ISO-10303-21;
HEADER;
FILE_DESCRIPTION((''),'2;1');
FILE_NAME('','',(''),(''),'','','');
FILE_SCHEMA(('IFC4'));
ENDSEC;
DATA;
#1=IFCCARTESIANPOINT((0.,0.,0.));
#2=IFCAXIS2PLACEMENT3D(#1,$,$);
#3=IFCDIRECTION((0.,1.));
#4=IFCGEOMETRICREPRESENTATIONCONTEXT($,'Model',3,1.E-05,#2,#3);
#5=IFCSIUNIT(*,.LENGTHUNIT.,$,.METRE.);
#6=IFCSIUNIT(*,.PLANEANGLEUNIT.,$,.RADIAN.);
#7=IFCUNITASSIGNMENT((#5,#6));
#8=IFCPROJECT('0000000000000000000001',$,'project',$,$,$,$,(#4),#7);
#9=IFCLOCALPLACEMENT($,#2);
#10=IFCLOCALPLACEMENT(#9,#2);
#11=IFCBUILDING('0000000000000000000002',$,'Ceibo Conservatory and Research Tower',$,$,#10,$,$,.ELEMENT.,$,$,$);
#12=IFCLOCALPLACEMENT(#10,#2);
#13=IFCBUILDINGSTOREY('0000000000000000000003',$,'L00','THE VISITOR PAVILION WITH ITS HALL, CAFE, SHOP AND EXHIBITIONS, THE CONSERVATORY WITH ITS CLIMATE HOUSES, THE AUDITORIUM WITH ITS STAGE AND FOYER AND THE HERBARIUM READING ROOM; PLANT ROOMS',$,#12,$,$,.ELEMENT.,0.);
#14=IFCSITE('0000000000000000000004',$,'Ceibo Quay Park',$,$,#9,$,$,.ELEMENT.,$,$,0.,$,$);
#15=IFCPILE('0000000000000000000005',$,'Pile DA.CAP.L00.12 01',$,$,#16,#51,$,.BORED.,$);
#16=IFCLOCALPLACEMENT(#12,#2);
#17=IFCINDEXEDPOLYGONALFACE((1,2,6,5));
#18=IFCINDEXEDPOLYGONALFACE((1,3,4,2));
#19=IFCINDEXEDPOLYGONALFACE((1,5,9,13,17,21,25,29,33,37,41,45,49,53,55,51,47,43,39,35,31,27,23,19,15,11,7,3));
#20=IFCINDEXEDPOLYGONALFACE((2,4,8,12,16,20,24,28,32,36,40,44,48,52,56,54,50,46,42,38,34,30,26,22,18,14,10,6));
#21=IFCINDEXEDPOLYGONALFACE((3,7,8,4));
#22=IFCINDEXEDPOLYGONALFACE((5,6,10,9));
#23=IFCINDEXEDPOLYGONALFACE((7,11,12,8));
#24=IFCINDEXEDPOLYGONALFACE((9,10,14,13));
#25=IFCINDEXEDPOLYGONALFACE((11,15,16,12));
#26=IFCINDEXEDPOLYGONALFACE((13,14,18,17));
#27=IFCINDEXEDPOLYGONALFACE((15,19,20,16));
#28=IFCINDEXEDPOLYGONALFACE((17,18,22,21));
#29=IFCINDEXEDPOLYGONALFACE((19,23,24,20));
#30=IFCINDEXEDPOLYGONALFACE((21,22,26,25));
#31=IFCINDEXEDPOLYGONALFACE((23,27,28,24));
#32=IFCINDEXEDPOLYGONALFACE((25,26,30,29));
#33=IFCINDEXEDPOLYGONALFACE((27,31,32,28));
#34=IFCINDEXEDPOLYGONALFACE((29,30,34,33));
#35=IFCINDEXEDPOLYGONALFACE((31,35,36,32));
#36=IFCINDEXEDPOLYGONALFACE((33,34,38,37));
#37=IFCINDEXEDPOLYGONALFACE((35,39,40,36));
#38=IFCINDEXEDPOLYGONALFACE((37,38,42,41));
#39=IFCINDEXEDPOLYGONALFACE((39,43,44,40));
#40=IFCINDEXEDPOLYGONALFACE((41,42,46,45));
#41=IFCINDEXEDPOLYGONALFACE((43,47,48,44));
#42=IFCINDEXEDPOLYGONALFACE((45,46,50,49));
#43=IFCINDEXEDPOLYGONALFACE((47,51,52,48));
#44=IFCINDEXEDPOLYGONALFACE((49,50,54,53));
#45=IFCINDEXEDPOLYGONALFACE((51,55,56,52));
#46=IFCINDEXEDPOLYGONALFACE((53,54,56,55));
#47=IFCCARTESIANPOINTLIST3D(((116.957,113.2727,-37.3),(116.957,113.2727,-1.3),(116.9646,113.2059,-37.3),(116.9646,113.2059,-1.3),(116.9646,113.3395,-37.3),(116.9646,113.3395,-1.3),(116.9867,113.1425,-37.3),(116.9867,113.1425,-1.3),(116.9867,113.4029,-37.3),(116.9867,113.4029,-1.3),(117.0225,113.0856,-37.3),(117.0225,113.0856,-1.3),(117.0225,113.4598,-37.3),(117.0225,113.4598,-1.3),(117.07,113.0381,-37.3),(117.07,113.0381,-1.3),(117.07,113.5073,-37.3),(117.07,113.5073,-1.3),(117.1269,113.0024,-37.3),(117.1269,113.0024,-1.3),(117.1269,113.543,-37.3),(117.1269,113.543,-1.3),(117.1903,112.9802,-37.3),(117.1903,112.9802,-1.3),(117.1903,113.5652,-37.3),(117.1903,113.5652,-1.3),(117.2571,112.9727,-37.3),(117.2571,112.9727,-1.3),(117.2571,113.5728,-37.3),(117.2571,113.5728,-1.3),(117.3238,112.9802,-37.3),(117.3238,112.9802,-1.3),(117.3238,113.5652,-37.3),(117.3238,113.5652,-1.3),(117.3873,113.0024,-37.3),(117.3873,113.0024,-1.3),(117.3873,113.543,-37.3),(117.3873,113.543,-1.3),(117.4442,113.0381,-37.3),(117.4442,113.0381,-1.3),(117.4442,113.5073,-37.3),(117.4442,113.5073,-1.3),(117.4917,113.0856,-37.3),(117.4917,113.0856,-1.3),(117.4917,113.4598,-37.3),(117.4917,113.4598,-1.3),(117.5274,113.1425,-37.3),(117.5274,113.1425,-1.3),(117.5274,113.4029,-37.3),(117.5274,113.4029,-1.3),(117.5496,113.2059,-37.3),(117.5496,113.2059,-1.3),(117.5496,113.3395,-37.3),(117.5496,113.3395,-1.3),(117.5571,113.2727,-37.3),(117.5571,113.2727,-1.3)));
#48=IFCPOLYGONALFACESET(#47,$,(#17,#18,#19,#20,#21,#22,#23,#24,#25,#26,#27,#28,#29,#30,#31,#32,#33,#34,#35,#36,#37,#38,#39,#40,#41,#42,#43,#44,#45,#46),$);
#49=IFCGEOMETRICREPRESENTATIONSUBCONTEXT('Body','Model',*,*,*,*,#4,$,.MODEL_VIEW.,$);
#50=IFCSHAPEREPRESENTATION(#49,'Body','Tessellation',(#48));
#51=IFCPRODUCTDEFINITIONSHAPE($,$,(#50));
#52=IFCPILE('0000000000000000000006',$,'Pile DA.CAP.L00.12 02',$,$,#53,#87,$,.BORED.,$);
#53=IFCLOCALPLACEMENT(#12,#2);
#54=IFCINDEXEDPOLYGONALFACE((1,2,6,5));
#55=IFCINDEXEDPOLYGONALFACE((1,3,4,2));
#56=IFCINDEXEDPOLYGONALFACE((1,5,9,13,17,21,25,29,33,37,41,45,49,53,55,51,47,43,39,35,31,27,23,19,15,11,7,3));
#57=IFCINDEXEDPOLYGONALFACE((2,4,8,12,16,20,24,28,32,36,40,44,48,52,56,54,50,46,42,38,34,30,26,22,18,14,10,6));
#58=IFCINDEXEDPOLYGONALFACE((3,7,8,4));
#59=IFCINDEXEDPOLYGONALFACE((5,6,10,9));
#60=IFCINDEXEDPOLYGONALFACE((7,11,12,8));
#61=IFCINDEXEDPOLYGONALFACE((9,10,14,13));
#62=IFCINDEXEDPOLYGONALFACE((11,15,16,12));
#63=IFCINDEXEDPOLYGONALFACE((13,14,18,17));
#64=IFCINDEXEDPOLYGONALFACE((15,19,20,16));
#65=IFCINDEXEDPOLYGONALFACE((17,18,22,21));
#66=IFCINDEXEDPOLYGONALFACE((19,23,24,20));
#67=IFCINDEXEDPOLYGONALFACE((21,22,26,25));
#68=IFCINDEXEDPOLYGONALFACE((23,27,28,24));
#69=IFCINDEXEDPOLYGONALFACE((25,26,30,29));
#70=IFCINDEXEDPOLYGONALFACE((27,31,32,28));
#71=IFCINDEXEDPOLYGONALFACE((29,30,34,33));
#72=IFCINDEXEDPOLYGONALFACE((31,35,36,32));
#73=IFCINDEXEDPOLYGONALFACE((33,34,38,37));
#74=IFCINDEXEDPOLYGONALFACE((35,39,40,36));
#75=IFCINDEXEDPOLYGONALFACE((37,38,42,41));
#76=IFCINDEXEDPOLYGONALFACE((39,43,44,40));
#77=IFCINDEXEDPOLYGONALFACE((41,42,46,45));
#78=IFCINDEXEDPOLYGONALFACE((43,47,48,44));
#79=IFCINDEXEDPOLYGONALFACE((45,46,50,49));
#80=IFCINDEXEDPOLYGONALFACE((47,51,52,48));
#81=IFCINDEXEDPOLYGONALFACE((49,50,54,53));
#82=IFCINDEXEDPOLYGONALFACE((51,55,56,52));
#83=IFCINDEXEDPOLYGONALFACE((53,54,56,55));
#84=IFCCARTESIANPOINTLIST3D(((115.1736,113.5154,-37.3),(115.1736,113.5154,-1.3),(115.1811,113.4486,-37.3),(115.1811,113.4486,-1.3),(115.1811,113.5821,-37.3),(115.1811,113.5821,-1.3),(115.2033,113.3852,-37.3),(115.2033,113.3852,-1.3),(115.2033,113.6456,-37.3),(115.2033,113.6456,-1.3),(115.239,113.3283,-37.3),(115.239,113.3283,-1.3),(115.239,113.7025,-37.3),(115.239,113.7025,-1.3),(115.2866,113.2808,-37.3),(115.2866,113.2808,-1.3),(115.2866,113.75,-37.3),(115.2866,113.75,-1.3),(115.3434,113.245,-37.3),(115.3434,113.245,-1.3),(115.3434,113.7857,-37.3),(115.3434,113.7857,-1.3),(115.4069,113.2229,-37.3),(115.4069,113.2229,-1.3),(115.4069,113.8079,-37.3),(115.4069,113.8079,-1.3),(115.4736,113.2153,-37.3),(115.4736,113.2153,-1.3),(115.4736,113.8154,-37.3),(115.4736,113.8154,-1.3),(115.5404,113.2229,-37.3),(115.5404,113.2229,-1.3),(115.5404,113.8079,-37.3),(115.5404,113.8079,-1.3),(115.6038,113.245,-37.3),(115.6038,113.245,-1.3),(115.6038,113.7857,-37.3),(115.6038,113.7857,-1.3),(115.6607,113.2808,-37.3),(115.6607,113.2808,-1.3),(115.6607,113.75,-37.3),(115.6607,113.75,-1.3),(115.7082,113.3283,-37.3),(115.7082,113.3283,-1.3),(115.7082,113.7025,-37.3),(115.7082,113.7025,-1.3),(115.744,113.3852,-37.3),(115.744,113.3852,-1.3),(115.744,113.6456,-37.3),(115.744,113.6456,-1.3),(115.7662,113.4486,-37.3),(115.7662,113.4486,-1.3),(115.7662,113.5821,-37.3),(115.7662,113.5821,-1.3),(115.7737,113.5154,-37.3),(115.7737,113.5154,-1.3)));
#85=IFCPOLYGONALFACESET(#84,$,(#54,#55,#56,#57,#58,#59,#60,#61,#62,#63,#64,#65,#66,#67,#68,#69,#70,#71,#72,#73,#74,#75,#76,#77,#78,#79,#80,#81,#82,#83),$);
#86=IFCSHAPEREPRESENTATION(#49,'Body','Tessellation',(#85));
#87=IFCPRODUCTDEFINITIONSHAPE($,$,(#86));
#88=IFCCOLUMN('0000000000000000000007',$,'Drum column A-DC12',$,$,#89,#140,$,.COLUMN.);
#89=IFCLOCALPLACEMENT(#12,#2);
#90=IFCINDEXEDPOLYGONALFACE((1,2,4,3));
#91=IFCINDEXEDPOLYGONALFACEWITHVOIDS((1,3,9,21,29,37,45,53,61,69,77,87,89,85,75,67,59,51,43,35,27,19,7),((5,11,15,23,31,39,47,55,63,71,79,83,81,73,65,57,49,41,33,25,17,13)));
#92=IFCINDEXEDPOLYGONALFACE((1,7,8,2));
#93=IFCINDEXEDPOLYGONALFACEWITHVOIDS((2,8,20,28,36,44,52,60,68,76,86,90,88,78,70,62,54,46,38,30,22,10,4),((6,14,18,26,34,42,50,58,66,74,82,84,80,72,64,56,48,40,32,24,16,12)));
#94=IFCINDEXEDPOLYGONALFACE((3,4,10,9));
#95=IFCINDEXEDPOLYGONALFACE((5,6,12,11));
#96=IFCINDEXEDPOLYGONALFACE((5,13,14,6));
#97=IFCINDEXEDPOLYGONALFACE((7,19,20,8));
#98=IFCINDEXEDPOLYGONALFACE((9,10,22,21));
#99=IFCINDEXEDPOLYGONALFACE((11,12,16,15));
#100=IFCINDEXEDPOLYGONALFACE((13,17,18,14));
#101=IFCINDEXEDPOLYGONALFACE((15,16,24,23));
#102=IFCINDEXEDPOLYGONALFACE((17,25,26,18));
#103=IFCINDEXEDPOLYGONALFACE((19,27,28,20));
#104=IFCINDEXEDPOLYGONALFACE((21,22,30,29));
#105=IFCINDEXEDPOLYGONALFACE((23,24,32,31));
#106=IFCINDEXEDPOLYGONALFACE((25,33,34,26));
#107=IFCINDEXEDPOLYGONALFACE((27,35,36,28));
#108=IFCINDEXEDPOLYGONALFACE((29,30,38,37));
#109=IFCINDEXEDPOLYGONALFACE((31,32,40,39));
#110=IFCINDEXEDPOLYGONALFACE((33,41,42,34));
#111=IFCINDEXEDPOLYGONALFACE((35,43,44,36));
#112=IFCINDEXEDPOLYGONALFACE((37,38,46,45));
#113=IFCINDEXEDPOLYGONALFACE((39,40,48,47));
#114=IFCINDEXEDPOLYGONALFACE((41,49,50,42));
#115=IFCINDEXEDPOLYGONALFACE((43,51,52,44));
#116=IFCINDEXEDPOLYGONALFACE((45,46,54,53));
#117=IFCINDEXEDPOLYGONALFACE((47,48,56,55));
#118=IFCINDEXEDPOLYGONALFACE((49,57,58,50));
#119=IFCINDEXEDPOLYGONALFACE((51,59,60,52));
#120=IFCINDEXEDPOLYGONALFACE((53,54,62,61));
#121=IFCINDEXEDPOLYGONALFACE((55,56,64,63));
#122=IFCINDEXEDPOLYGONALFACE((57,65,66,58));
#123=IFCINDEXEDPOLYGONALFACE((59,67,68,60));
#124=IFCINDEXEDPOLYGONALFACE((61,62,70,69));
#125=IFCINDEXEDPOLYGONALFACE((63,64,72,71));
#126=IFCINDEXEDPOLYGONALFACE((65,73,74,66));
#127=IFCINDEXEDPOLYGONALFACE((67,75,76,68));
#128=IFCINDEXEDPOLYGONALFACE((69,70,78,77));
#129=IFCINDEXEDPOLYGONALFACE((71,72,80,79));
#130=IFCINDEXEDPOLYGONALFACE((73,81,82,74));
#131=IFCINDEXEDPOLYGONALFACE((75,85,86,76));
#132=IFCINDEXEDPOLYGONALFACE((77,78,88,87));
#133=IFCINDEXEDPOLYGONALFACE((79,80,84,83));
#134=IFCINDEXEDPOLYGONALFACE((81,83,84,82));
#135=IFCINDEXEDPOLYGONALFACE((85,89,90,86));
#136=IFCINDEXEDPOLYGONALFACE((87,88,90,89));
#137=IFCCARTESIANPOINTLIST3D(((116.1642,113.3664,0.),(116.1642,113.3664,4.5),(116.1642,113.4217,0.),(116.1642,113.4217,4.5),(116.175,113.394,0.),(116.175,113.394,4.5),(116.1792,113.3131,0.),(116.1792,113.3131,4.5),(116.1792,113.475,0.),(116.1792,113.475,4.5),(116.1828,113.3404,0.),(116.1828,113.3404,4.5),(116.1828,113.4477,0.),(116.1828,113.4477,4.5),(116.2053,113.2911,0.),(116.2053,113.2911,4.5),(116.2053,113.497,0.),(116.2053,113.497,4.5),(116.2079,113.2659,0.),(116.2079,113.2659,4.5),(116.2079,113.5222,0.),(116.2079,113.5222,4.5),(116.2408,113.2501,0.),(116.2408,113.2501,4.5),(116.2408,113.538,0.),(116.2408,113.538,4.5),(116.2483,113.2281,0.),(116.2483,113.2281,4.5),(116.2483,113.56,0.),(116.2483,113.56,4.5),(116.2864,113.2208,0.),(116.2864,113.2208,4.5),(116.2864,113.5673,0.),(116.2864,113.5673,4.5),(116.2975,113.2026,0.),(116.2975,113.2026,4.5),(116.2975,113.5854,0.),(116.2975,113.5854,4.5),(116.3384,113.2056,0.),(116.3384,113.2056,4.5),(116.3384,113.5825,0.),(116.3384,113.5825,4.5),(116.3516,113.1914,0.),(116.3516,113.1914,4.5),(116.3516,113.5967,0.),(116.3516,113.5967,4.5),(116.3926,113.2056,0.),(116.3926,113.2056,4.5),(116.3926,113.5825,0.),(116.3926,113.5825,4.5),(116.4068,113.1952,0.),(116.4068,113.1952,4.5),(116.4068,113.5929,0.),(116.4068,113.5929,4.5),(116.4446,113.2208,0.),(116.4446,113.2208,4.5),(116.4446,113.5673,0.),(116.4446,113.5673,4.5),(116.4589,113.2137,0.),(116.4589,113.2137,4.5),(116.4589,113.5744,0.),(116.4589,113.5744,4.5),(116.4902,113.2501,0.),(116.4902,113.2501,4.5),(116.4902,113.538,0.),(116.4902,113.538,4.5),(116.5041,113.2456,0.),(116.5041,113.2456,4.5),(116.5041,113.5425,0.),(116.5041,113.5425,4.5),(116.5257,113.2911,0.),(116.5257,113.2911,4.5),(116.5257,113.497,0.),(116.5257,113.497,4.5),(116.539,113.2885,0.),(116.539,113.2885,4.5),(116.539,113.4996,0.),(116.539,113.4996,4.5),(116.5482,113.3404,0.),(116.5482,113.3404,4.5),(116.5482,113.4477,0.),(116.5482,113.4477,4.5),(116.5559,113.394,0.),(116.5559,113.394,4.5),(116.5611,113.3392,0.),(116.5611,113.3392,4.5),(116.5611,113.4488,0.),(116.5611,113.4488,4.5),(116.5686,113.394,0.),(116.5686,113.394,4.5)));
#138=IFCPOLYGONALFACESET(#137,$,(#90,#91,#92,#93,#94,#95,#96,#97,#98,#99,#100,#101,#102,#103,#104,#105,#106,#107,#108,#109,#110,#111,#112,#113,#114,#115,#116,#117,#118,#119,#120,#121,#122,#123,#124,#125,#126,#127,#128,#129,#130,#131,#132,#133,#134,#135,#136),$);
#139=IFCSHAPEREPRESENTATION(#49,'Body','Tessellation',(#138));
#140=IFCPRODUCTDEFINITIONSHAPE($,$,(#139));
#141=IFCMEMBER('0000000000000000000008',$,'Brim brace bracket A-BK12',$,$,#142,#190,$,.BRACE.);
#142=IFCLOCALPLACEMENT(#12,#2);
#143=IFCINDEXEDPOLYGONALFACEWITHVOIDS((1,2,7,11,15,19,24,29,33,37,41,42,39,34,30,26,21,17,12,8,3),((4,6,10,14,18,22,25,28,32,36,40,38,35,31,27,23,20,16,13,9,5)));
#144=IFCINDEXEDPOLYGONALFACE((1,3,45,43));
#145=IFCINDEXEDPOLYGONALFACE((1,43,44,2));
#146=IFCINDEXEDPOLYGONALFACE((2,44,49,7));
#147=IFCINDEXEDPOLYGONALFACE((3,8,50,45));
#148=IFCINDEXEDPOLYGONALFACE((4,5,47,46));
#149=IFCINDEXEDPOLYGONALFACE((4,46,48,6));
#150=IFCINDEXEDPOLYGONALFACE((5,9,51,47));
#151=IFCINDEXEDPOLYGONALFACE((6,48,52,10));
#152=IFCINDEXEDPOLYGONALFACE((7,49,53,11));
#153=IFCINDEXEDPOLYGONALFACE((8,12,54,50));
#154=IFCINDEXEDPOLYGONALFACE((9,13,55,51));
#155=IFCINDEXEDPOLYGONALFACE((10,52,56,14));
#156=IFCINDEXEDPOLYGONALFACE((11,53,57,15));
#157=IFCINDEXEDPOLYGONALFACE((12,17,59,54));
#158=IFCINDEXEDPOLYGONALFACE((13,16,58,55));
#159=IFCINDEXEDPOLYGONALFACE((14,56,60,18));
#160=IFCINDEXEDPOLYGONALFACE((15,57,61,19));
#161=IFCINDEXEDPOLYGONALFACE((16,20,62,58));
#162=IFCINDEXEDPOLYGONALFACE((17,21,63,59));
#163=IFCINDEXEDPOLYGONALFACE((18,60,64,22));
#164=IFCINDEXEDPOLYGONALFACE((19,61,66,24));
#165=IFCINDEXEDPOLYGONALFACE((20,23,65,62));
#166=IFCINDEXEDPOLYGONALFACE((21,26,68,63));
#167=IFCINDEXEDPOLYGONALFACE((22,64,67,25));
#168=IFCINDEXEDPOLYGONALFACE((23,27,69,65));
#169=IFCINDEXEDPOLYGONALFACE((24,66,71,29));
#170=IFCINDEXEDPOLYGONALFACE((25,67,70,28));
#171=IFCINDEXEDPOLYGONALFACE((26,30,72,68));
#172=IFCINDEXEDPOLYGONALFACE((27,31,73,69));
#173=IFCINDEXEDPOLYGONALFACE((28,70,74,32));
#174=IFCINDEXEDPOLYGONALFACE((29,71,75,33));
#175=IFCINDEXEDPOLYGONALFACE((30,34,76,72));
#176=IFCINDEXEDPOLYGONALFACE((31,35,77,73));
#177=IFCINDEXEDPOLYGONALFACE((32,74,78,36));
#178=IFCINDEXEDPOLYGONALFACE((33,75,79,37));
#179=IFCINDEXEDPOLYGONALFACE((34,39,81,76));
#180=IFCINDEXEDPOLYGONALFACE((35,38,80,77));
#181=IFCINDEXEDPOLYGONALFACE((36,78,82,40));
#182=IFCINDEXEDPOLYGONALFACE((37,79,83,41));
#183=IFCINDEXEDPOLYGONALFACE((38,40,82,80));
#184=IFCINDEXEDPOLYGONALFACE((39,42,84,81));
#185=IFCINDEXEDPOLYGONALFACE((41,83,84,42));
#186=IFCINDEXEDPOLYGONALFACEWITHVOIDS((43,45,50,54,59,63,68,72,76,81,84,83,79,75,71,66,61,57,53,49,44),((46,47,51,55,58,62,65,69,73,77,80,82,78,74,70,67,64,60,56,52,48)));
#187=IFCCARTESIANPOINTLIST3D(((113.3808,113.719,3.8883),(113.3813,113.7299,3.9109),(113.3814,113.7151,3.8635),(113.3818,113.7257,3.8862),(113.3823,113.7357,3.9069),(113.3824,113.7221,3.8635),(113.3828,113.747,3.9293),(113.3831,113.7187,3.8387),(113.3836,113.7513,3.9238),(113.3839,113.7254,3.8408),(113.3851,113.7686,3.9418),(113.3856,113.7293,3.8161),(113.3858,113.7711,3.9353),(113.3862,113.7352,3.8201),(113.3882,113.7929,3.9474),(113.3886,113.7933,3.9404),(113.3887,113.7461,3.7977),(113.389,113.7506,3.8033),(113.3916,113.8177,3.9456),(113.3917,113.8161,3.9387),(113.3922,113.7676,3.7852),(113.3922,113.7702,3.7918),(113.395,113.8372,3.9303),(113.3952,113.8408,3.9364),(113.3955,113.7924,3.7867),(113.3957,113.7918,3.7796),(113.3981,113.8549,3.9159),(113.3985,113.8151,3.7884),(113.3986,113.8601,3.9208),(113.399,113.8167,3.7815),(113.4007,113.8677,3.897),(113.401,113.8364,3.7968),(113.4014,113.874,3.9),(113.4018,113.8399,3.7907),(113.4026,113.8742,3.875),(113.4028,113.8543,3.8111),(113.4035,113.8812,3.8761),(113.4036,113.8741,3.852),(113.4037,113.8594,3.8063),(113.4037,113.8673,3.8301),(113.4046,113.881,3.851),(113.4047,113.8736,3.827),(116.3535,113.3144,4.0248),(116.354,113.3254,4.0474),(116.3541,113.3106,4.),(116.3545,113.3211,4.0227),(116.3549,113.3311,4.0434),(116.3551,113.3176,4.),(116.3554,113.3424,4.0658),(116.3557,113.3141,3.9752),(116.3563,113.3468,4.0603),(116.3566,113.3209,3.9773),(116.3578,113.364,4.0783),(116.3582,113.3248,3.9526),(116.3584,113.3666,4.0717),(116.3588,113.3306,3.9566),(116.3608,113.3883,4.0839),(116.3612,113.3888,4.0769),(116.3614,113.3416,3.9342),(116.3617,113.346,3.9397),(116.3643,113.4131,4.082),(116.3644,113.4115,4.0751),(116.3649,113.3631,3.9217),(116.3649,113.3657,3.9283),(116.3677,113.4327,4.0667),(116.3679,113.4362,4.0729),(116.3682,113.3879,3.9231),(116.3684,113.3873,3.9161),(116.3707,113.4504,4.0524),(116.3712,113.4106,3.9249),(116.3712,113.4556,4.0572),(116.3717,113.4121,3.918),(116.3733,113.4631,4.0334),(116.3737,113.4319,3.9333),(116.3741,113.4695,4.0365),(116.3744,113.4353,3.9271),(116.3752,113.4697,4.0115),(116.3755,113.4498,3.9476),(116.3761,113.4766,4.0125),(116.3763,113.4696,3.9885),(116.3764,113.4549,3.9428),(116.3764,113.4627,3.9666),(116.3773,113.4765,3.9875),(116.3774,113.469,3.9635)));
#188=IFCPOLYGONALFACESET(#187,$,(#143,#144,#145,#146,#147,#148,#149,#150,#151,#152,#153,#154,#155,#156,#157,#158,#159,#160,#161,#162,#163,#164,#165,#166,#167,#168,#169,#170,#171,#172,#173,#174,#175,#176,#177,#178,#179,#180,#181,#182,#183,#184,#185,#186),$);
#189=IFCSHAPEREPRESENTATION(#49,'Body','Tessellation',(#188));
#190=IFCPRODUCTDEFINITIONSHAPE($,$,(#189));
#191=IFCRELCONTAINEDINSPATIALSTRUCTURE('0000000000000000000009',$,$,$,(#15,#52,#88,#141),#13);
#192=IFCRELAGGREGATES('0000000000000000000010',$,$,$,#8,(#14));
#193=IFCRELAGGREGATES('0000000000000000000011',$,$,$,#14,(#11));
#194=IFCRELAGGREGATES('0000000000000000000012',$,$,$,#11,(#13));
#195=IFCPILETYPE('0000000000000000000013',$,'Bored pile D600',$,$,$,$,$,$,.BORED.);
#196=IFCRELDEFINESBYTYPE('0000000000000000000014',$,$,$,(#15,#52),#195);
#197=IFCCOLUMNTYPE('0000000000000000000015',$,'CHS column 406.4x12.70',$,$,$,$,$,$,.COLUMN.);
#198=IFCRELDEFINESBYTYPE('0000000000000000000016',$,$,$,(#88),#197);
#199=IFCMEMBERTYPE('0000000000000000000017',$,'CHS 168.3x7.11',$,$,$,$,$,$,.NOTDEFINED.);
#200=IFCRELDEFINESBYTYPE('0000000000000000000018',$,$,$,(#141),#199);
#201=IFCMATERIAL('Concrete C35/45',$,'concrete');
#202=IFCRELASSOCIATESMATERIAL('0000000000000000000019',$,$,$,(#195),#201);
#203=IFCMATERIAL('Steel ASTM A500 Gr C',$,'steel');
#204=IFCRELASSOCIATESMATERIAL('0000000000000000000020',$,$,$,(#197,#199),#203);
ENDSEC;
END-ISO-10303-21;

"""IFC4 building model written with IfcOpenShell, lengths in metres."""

from ifc_helpers import new_model, si_unit, direction, frame, origin, origin_2d, place, context, subcontext, project, spatial, circle, hollow_circle, extrude, material, material_profile, profile_set, type_object, element, save


model = new_model("IFC4")

# Units and contexts
model_context = context("Model", 3, precision=1e-05, world=origin(), true_north=direction((0.0, 1.0)))
body_context = subcontext(model_context, "Body", "Model", "MODEL_VIEW")
ifc_project = project(units=[si_unit("LENGTHUNIT", "METRE"), si_unit("PLANEANGLEUNIT", "RADIAN")], contexts=[model_context])

# Site, building, storey
site_placement = place(None, origin())
site = spatial("IfcSite", under=ifc_project, at=site_placement, Name="Ceibo Quay Park", CompositionType="ELEMENT", RefElevation=0.0)
building_placement = place(site_placement, origin())
building = spatial("IfcBuilding", under=site, at=building_placement, Name="Ceibo Conservatory and Research Tower", CompositionType="ELEMENT")
storey_placement = place(building_placement, origin())
storey = spatial("IfcBuildingStorey", under=building, at=storey_placement, Name="L00", Description="THE VISITOR PAVILION WITH ITS HALL, CAFE, SHOP AND EXHIBITIONS, THE CONSERVATORY WITH ITS CLIMATE HOUSES, THE AUDITORIUM WITH ITS STAGE AND FOYER AND THE HERBARIUM READING ROOM; PLANT ROOMS", CompositionType="ELEMENT", Elevation=0.0)

# Piles
ifc_material_1 = material(Name="Concrete C35/45", Category="concrete")
ifc_material_profile_1 = material_profile(ifc_material_1, circle(Radius=0.3, at=origin_2d()), Name="RC D600")
ifc_profile_set_1 = profile_set([ifc_material_profile_1], Name="Concrete C35/45")
pile_type = type_object("IfcPileType", Name="Bored pile D600", PredefinedType="BORED", material=ifc_profile_set_1)
for number, where, z_axis, x_axis, name in (
    (1, (117.2571, 113.2727, -1.3), (0.0, 0.0, -1.0), (1.0, 0.0, 0.0), "Pile DA.CAP.L00.12 01"),
    (2, (115.4736, 113.5154, -1.3), (0.0, 0.0, -1.0), (1.0, 0.0, 0.0), "Pile DA.CAP.L00.12 02"),
):
    element("IfcPile", number, at=place(storey_placement, frame(where, z_axis=z_axis, x_axis=x_axis)), inside=storey, type_object=pile_type, Name=name, PredefinedType="BORED", context=body_context, shape_type="SweptSolid", body=[
        extrude(circle(Radius=0.3, at=origin_2d()), origin(), (0.0, 0.0, 1.0), 36.0),
    ])

# Column
ifc_material_2 = material(Name="Steel ASTM A500 Gr C", Category="steel")
ifc_material_profile_2 = material_profile(ifc_material_2, hollow_circle(Radius=0.2031, WallThickness=0.0127, at=origin_2d()), Name="CHS column 406.4x12.70")
ifc_profile_set_2 = profile_set([ifc_material_profile_2], Name="Steel ASTM A500 Gr C")
column_type = type_object("IfcColumnType", Name="CHS column 406.4x12.70", PredefinedType="COLUMN", material=ifc_profile_set_2)
column_placement = place(storey_placement, frame((116.3655, 113.394, 0.0), z_axis=(0.0, 0.0, 1.0), x_axis=(1.0, 0.0, 0.0)))
element("IfcColumn", 3, at=column_placement, inside=storey, type_object=column_type, Name="Drum column A-DC12", PredefinedType="COLUMN", context=body_context, shape_type="SweptSolid", body=[
    extrude(hollow_circle(Radius=0.2031, WallThickness=0.0127, at=origin_2d()), origin(), (0.0, 0.0, 1.0), 4.5),
])

# Member
ifc_material_profile_3 = material_profile(ifc_material_2, hollow_circle(Radius=0.0842, WallThickness=0.0071, at=origin_2d()), Name="CHS 168.3x7.11")
ifc_profile_set_3 = profile_set([ifc_material_profile_3], Name="Steel ASTM A500 Gr C")
member_type_1 = type_object("IfcMemberType", Name="CHS 168.3x7.11", PredefinedType="NOTDEFINED", material=ifc_profile_set_3)
member_1_placement = place(storey_placement, frame((116.3655, 113.394, 4.0), z_axis=(-0.989843, 0.134705, -0.045444), x_axis=(-0.134844, -0.990867, 0.0)))
element("IfcMember", 4, at=member_1_placement, inside=storey, type_object=member_type_1, Name="Brim brace bracket A-BK12", PredefinedType="BRACE", context=body_context, shape_type="SweptSolid", body=[
    extrude(hollow_circle(Radius=0.0842, WallThickness=0.0071, at=origin_2d()), origin(), (0.0, 0.0, 1.0), 3.0032),
])

save(model, "model.ifc")
